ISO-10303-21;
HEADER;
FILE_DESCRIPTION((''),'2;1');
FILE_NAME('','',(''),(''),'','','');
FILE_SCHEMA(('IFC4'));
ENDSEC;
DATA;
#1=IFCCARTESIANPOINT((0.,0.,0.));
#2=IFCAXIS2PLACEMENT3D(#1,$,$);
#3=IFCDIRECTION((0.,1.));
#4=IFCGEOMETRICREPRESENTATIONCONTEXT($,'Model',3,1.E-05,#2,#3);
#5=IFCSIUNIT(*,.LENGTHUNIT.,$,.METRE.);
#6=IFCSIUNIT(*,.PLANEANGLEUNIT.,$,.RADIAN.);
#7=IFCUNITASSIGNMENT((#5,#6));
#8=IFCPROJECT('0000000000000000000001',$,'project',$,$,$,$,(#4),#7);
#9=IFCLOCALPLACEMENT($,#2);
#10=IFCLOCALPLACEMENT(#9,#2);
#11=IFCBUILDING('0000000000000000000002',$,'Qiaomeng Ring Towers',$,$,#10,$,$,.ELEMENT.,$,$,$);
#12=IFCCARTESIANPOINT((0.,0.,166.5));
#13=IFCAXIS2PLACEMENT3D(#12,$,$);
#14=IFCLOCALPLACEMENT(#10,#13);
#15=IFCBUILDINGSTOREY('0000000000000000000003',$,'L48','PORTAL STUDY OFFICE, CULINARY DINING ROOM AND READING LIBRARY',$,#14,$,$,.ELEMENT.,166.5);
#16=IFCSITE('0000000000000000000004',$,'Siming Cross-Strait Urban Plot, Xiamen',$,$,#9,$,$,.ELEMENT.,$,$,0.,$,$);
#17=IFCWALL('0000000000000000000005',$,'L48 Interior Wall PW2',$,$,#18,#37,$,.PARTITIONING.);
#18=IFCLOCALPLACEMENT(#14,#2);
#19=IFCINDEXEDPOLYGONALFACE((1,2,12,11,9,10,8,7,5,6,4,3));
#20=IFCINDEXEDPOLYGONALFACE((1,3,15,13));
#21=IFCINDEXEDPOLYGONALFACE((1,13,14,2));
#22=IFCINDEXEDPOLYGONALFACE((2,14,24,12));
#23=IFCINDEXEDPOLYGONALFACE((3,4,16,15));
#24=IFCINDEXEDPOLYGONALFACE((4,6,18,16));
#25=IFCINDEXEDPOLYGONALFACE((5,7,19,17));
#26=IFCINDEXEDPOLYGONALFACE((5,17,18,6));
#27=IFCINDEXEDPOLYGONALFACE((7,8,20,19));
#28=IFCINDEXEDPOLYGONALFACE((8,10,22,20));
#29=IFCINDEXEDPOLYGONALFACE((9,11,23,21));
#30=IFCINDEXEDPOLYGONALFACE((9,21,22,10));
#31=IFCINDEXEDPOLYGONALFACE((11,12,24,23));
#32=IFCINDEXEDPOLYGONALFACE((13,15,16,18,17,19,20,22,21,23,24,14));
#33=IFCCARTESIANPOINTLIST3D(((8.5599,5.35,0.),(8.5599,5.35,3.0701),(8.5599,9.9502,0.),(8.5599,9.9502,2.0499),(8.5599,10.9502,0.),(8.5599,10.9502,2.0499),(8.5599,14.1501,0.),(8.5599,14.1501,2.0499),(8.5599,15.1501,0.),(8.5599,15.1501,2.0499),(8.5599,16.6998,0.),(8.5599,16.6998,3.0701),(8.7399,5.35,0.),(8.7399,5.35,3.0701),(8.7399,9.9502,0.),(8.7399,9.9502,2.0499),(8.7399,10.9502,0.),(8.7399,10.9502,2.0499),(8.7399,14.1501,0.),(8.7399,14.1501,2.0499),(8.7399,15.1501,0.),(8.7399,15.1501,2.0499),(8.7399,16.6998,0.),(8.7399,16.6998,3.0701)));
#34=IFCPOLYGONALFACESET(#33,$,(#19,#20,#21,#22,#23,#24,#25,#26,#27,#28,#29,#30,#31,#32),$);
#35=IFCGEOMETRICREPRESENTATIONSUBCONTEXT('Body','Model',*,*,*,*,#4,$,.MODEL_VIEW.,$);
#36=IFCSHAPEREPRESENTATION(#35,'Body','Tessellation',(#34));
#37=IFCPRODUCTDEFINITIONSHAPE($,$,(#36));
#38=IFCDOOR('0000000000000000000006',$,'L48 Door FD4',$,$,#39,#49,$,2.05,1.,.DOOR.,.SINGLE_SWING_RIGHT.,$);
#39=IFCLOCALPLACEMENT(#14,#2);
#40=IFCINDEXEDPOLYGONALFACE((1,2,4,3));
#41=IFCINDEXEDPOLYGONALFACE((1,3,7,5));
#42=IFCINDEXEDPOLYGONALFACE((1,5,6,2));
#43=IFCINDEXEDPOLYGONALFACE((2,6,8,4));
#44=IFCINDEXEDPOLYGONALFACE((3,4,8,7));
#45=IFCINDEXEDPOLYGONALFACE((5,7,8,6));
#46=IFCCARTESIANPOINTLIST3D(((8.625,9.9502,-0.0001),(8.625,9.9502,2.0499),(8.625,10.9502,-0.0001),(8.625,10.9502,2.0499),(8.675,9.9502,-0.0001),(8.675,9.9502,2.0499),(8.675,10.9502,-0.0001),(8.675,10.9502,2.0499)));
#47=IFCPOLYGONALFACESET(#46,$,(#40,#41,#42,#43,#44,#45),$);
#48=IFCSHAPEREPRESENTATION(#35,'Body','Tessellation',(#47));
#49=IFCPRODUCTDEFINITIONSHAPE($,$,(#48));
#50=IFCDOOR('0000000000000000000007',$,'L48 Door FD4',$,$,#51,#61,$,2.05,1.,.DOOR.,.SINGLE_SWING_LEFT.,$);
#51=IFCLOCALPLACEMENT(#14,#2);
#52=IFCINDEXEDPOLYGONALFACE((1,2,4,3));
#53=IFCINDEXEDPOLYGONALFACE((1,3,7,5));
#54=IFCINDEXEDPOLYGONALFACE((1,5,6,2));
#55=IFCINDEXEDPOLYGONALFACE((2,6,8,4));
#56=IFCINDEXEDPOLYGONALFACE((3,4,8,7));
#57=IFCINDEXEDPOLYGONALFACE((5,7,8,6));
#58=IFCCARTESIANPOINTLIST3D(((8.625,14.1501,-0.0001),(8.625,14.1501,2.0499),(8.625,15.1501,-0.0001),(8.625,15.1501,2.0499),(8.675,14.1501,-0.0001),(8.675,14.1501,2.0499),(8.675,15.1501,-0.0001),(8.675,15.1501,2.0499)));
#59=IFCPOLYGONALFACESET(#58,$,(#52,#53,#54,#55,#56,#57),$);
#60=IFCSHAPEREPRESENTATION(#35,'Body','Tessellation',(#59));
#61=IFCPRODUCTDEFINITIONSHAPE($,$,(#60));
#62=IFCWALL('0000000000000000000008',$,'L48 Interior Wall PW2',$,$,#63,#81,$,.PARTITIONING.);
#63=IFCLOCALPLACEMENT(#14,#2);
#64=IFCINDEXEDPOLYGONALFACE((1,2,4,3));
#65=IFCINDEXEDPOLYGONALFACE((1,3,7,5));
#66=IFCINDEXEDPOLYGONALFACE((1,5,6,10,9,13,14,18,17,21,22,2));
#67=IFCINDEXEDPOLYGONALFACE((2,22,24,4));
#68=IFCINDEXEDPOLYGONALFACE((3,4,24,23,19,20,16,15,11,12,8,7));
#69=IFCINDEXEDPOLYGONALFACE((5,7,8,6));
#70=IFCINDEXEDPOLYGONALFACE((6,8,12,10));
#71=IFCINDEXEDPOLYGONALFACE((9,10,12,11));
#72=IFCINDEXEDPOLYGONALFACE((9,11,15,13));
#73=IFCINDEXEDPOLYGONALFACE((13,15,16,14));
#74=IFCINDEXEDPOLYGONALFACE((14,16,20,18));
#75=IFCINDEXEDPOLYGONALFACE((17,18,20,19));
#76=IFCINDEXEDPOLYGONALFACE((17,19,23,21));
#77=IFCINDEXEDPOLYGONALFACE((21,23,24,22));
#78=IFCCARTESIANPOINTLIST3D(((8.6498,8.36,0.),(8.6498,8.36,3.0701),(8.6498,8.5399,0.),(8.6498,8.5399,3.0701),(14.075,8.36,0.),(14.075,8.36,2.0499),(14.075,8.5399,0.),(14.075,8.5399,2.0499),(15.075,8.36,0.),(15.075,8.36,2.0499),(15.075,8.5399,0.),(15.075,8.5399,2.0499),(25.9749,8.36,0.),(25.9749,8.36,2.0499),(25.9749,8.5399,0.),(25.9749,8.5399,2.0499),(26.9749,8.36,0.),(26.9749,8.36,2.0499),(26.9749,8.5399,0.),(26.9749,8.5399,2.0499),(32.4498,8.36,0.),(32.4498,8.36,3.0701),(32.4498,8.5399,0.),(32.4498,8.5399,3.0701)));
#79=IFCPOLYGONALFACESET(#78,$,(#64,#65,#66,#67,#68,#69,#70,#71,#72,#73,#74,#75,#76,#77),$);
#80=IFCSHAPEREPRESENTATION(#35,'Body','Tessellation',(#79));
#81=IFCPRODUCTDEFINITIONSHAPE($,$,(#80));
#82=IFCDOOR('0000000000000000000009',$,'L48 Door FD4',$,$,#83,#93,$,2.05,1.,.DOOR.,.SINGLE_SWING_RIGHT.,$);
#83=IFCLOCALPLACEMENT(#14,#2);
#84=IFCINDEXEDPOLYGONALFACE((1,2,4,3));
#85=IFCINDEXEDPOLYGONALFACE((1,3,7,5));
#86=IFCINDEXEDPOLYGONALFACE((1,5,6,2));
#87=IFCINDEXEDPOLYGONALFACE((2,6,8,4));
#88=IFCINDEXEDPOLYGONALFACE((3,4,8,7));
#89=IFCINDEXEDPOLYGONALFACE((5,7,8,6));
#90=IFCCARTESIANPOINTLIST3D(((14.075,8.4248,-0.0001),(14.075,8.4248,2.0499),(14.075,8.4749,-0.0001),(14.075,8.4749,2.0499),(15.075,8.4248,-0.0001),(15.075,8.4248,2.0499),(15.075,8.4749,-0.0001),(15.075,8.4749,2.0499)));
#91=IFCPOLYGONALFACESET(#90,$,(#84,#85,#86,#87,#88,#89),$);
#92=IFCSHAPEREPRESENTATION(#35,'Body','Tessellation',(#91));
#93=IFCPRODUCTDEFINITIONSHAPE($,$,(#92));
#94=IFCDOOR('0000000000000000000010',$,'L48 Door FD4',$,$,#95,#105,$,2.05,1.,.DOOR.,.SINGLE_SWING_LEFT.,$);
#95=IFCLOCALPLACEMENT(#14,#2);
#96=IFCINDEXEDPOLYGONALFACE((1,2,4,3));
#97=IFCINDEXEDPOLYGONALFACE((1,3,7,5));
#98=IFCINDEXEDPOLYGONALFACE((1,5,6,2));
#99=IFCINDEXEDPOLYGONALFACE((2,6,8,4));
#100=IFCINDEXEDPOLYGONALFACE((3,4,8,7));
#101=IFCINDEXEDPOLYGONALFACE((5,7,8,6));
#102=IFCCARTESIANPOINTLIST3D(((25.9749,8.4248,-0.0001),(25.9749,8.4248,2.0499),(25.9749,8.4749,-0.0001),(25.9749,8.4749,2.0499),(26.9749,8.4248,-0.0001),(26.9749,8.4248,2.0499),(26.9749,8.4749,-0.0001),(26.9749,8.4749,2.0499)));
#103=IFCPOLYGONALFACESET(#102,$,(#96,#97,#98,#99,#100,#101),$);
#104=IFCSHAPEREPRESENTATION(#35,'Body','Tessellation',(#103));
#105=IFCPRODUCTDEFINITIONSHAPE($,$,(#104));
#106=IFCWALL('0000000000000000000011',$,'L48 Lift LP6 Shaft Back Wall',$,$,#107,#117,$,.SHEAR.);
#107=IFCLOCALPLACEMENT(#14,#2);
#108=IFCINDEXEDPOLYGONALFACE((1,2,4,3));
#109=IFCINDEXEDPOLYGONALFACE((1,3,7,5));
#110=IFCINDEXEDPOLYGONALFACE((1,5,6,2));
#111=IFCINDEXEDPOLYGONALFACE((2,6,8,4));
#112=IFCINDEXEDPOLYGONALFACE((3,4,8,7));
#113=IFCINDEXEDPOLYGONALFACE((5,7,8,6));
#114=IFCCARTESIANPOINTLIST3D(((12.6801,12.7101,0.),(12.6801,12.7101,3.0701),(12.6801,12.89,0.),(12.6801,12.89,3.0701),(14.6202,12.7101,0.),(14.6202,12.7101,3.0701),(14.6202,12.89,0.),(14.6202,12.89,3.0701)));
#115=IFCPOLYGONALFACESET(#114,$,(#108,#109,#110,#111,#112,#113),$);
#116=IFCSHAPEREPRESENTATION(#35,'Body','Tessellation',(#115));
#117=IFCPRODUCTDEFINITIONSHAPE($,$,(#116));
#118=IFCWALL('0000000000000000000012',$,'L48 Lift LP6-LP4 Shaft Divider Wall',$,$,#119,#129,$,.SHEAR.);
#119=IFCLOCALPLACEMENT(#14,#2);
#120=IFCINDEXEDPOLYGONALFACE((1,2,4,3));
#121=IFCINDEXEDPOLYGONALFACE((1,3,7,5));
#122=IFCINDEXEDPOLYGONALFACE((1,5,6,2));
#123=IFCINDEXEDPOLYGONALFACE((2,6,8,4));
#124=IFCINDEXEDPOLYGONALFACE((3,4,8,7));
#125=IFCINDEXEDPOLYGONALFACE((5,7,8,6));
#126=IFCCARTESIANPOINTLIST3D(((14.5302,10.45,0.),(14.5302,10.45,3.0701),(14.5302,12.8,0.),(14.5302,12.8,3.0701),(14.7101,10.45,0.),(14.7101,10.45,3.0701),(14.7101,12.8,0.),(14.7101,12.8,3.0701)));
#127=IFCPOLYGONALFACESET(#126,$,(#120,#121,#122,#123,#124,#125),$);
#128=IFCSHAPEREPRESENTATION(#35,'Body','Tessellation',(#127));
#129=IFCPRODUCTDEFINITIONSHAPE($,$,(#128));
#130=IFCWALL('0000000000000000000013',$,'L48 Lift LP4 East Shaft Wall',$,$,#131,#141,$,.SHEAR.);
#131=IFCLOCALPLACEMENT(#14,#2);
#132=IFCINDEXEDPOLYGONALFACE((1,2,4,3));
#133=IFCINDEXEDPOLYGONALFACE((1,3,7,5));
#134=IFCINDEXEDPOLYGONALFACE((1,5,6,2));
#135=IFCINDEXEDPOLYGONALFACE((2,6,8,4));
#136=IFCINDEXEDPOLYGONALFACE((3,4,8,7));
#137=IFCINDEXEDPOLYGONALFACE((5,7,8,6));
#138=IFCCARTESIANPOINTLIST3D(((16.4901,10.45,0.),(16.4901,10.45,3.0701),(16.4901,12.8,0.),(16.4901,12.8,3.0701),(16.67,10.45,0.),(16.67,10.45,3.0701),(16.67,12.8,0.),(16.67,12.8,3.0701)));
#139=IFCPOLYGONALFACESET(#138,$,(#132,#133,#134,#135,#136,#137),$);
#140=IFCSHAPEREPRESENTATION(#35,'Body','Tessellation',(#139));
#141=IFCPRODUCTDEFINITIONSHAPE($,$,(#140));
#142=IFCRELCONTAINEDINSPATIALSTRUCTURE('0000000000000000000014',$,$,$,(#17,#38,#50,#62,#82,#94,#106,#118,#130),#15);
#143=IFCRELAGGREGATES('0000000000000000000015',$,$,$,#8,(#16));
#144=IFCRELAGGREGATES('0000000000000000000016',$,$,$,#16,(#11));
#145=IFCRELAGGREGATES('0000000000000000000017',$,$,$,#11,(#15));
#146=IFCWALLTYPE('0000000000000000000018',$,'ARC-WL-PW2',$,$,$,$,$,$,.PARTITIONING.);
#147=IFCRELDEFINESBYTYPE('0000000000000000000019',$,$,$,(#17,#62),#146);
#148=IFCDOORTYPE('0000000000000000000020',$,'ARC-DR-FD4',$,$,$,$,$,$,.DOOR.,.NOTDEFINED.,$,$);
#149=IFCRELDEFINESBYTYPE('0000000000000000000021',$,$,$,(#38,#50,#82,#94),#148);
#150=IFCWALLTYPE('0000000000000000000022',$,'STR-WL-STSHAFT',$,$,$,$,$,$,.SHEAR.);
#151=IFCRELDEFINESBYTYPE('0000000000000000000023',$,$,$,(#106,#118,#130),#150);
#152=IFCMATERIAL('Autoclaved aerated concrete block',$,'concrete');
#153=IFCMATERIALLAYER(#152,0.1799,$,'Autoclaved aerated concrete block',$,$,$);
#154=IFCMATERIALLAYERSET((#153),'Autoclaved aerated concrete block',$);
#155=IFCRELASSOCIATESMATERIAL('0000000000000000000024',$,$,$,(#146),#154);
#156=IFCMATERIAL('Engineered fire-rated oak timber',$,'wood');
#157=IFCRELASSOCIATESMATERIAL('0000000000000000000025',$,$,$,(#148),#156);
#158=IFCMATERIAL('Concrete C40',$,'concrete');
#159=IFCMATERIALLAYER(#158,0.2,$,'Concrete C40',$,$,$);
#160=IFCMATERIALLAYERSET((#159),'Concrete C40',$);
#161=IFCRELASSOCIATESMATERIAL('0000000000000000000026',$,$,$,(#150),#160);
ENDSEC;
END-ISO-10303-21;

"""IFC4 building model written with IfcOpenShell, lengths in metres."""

from ifc_helpers import new_model, si_unit, direction, frame, frame_2d, origin, place, context, subcontext, project, spatial, rectangle, extrude, source, transform, mapped, material, layer, layer_set, type_object, element, fill, save


model = new_model("IFC4")

# Units and contexts
model_context = context("Model", 3, precision=1e-05, world=origin(), true_north=direction((0.0, 1.0)))
body_context = subcontext(model_context, "Body", "Model", "MODEL_VIEW")
ifc_project = project(units=[si_unit("LENGTHUNIT", "METRE"), si_unit("PLANEANGLEUNIT", "RADIAN")], contexts=[model_context])

# Site, building, storey
site_placement = place(None, origin())
site = spatial("IfcSite", under=ifc_project, at=site_placement, Name="Siming Cross-Strait Urban Plot, Xiamen", CompositionType="ELEMENT", RefElevation=0.0)
building_placement = place(site_placement, origin())
building = spatial("IfcBuilding", under=site, at=building_placement, Name="Qiaomeng Ring Towers", CompositionType="ELEMENT")
storey_placement = place(building_placement, frame((0.0, 0.0, 166.5)))
storey = spatial("IfcBuildingStorey", under=building, at=storey_placement, Name="L48", Description="PORTAL STUDY OFFICE, CULINARY DINING ROOM AND READING LIBRARY", CompositionType="ELEMENT", Elevation=166.5)

# Shared definitions
ifc_material_1 = material(Name="Autoclaved aerated concrete block", Category="concrete")

# Walls, openings, doors
ifc_layer_1 = layer(ifc_material_1, 0.1799, Name="Autoclaved aerated concrete block")
ifc_layer_set_1 = layer_set([ifc_layer_1], Name="Autoclaved aerated concrete block")
wall_type_1 = type_object("IfcWallType", Name="ARC-WL-PW2", PredefinedType="PARTITIONING", material=ifc_layer_set_1)
wall_1_placement = place(storey_placement, frame((8.6499, 5.3501, 0.0), z_axis=(0.0, 0.0, 1.0), x_axis=(0.0, 1.0, 0.0)))
wall_1 = element("IfcWall", 1, at=wall_1_placement, inside=storey, type_object=wall_type_1, Name="L48 Interior Wall PW2", PredefinedType="PARTITIONING", context=body_context, shape_type="SweptSolid", body=[
    extrude(rectangle(XDim=11.3499, YDim=0.1799, at=frame_2d((5.6748, 0.0))), origin(), (0.0, 0.0, 1.0), 3.0701),
])
opening_1_placement = place(wall_1_placement, frame((4.6001, 0.0, 0.0)))
opening_1 = element("IfcOpeningElement", 2, at=opening_1_placement, cuts=wall_1, PredefinedType="OPENING", context=body_context, shape_type="SweptSolid", body=[
    extrude(rectangle(XDim=1.0, YDim=2.05, at=frame_2d((0.5, 1.0249))), frame((0.0, 0.0999, 0.0), z_axis=(0.0, -1.0, 0.0), x_axis=(1.0, 0.0, 0.0)), (0.0, 0.0, 1.0), 0.2),
])
opening_2_placement = place(wall_1_placement, frame((8.8, 0.0, 0.0)))
opening_2 = element("IfcOpeningElement", 3, at=opening_2_placement, cuts=wall_1, PredefinedType="OPENING", context=body_context, shape_type="SweptSolid", body=[
    extrude(rectangle(XDim=1.0, YDim=2.05, at=frame_2d((0.5, 1.0249))), frame((0.0, 0.0999, 0.0), z_axis=(0.0, -1.0, 0.0), x_axis=(1.0, 0.0, 0.0)), (0.0, 0.0, 1.0), 0.2),
])
ifc_material_2 = material(Name="Engineered fire-rated oak timber", Category="wood")
door_type_1 = type_object("IfcDoorType", Name="ARC-DR-FD4", OperationType="NOTDEFINED", PredefinedType="DOOR", material=ifc_material_2)
shared_shape_1 = source(origin(), body_context, "Body", "SweptSolid", [
    extrude(rectangle(XDim=1.0, YDim=2.05, at=frame_2d((0.5, 1.0249))), frame((0.0, 0.0249, 0.0), z_axis=(0.0, -1.0, 0.0), x_axis=(1.0, 0.0, 0.0)), (0.0, 0.0, 1.0), 0.05),
])
door_1_placement = place(opening_1_placement, origin())
door_1 = element("IfcDoor", 4, at=door_1_placement, inside=storey, type_object=door_type_1, Name="L48 Door FD4", OperationType="SINGLE_SWING_RIGHT", OverallHeight=2.05, OverallWidth=1.0, PredefinedType="DOOR", context=body_context, shape_type="MappedRepresentation", body=[
    mapped(shared_shape_1, transform((0.0, 0.0, 0.0), x_axis=(1.0, 0.0, 0.0), y_axis=(0.0, 1.0, 0.0), z_axis=(0.0, 0.0, 1.0), scale=1.0)),
])
fill(opening_1, door_1)
door_2_placement = place(opening_2_placement, origin())
door_2 = element("IfcDoor", 5, at=door_2_placement, inside=storey, type_object=door_type_1, Name="L48 Door FD4", OperationType="SINGLE_SWING_LEFT", OverallHeight=2.05, OverallWidth=1.0, PredefinedType="DOOR", context=body_context, shape_type="MappedRepresentation", body=[
    mapped(shared_shape_1, transform((0.0, 0.0, 0.0), x_axis=(1.0, 0.0, 0.0), y_axis=(0.0, 1.0, 0.0), z_axis=(0.0, 0.0, 1.0), scale=1.0)),
])
fill(opening_2, door_2)
wall_2_placement = place(storey_placement, frame((8.6499, 8.45, 0.0), z_axis=(0.0, 0.0, 1.0), x_axis=(1.0, 0.0, 0.0)))
wall_2 = element("IfcWall", 6, at=wall_2_placement, inside=storey, type_object=wall_type_1, Name="L48 Interior Wall PW2", PredefinedType="PARTITIONING", context=body_context, shape_type="SweptSolid", body=[
    extrude(rectangle(XDim=23.8, YDim=0.1799, at=frame_2d((11.8999, 0.0))), origin(), (0.0, 0.0, 1.0), 3.0701),
])
opening_3_placement = place(wall_2_placement, frame((5.425, 0.0, 0.0)))
opening_3 = element("IfcOpeningElement", 7, at=opening_3_placement, cuts=wall_2, PredefinedType="OPENING", context=body_context, shape_type="SweptSolid", body=[
    extrude(rectangle(XDim=1.0, YDim=2.05, at=frame_2d((0.5, 1.0249))), frame((0.0, 0.0999, 0.0), z_axis=(0.0, -1.0, 0.0), x_axis=(1.0, 0.0, 0.0)), (0.0, 0.0, 1.0), 0.2),
])
opening_4_placement = place(wall_2_placement, frame((17.325, 0.0, 0.0)))
opening_4 = element("IfcOpeningElement", 8, at=opening_4_placement, cuts=wall_2, PredefinedType="OPENING", context=body_context, shape_type="SweptSolid", body=[
    extrude(rectangle(XDim=1.0, YDim=2.05, at=frame_2d((0.5, 1.0249))), frame((0.0, 0.0999, 0.0), z_axis=(0.0, -1.0, 0.0), x_axis=(1.0, 0.0, 0.0)), (0.0, 0.0, 1.0), 0.2),
])
door_3_placement = place(opening_3_placement, origin())
door_3 = element("IfcDoor", 9, at=door_3_placement, inside=storey, type_object=door_type_1, Name="L48 Door FD4", OperationType="SINGLE_SWING_RIGHT", OverallHeight=2.05, OverallWidth=1.0, PredefinedType="DOOR", context=body_context, shape_type="MappedRepresentation", body=[
    mapped(shared_shape_1, transform((0.0, 0.0, 0.0), x_axis=(1.0, 0.0, 0.0), y_axis=(0.0, 1.0, 0.0), z_axis=(0.0, 0.0, 1.0), scale=1.0)),
])
fill(opening_3, door_3)
door_4_placement = place(opening_4_placement, origin())
door_4 = element("IfcDoor", 10, at=door_4_placement, inside=storey, type_object=door_type_1, Name="L48 Door FD4", OperationType="SINGLE_SWING_LEFT", OverallHeight=2.05, OverallWidth=1.0, PredefinedType="DOOR", context=body_context, shape_type="MappedRepresentation", body=[
    mapped(shared_shape_1, transform((0.0, 0.0, 0.0), x_axis=(1.0, 0.0, 0.0), y_axis=(0.0, 1.0, 0.0), z_axis=(0.0, 0.0, 1.0), scale=1.0)),
])
fill(opening_4, door_4)

# Walls
ifc_material_3 = material(Name="Concrete C40", Category="concrete")
ifc_layer_2 = layer(ifc_material_3, 0.2, Name="Concrete C40")
ifc_layer_set_2 = layer_set([ifc_layer_2], Name="Concrete C40")
wall_type_2 = type_object("IfcWallType", Name="STR-WL-STSHAFT", PredefinedType="SHEAR", material=ifc_layer_set_2)
wall_3_placement = place(storey_placement, frame((12.6799, 12.8, 0.0), z_axis=(0.0, 0.0, 1.0), x_axis=(1.0, 0.0, 0.0)))
element("IfcWall", 11, at=wall_3_placement, inside=storey, type_object=wall_type_2, Name="L48 Lift LP6 Shaft Back Wall", PredefinedType="SHEAR", context=body_context, shape_type="SweptSolid", body=[
    extrude(rectangle(XDim=1.9402, YDim=0.1799, at=frame_2d((0.9702, 0.0))), origin(), (0.0, 0.0, 1.0), 3.0701),
])
for number, where, z_axis, x_axis, name in (
    (12, (14.6201, 10.45, 0.0), (0.0, 0.0, 1.0), (0.0, 1.0, 0.0), "L48 Lift LP6-LP4 Shaft Divider Wall"),
    (13, (16.5801, 10.45, 0.0), (0.0, 0.0, 1.0), (0.0, 1.0, 0.0), "L48 Lift LP4 East Shaft Wall"),
):
    element("IfcWall", number, at=place(storey_placement, frame(where, z_axis=z_axis, x_axis=x_axis)), inside=storey, type_object=wall_type_2, Name=name, PredefinedType="SHEAR", context=body_context, shape_type="SweptSolid", body=[
        extrude(rectangle(XDim=2.3501, YDim=0.1799, at=frame_2d((1.175, 0.0))), origin(), (0.0, 0.0, 1.0), 3.0701),
    ])

save(model, "model.ifc")
